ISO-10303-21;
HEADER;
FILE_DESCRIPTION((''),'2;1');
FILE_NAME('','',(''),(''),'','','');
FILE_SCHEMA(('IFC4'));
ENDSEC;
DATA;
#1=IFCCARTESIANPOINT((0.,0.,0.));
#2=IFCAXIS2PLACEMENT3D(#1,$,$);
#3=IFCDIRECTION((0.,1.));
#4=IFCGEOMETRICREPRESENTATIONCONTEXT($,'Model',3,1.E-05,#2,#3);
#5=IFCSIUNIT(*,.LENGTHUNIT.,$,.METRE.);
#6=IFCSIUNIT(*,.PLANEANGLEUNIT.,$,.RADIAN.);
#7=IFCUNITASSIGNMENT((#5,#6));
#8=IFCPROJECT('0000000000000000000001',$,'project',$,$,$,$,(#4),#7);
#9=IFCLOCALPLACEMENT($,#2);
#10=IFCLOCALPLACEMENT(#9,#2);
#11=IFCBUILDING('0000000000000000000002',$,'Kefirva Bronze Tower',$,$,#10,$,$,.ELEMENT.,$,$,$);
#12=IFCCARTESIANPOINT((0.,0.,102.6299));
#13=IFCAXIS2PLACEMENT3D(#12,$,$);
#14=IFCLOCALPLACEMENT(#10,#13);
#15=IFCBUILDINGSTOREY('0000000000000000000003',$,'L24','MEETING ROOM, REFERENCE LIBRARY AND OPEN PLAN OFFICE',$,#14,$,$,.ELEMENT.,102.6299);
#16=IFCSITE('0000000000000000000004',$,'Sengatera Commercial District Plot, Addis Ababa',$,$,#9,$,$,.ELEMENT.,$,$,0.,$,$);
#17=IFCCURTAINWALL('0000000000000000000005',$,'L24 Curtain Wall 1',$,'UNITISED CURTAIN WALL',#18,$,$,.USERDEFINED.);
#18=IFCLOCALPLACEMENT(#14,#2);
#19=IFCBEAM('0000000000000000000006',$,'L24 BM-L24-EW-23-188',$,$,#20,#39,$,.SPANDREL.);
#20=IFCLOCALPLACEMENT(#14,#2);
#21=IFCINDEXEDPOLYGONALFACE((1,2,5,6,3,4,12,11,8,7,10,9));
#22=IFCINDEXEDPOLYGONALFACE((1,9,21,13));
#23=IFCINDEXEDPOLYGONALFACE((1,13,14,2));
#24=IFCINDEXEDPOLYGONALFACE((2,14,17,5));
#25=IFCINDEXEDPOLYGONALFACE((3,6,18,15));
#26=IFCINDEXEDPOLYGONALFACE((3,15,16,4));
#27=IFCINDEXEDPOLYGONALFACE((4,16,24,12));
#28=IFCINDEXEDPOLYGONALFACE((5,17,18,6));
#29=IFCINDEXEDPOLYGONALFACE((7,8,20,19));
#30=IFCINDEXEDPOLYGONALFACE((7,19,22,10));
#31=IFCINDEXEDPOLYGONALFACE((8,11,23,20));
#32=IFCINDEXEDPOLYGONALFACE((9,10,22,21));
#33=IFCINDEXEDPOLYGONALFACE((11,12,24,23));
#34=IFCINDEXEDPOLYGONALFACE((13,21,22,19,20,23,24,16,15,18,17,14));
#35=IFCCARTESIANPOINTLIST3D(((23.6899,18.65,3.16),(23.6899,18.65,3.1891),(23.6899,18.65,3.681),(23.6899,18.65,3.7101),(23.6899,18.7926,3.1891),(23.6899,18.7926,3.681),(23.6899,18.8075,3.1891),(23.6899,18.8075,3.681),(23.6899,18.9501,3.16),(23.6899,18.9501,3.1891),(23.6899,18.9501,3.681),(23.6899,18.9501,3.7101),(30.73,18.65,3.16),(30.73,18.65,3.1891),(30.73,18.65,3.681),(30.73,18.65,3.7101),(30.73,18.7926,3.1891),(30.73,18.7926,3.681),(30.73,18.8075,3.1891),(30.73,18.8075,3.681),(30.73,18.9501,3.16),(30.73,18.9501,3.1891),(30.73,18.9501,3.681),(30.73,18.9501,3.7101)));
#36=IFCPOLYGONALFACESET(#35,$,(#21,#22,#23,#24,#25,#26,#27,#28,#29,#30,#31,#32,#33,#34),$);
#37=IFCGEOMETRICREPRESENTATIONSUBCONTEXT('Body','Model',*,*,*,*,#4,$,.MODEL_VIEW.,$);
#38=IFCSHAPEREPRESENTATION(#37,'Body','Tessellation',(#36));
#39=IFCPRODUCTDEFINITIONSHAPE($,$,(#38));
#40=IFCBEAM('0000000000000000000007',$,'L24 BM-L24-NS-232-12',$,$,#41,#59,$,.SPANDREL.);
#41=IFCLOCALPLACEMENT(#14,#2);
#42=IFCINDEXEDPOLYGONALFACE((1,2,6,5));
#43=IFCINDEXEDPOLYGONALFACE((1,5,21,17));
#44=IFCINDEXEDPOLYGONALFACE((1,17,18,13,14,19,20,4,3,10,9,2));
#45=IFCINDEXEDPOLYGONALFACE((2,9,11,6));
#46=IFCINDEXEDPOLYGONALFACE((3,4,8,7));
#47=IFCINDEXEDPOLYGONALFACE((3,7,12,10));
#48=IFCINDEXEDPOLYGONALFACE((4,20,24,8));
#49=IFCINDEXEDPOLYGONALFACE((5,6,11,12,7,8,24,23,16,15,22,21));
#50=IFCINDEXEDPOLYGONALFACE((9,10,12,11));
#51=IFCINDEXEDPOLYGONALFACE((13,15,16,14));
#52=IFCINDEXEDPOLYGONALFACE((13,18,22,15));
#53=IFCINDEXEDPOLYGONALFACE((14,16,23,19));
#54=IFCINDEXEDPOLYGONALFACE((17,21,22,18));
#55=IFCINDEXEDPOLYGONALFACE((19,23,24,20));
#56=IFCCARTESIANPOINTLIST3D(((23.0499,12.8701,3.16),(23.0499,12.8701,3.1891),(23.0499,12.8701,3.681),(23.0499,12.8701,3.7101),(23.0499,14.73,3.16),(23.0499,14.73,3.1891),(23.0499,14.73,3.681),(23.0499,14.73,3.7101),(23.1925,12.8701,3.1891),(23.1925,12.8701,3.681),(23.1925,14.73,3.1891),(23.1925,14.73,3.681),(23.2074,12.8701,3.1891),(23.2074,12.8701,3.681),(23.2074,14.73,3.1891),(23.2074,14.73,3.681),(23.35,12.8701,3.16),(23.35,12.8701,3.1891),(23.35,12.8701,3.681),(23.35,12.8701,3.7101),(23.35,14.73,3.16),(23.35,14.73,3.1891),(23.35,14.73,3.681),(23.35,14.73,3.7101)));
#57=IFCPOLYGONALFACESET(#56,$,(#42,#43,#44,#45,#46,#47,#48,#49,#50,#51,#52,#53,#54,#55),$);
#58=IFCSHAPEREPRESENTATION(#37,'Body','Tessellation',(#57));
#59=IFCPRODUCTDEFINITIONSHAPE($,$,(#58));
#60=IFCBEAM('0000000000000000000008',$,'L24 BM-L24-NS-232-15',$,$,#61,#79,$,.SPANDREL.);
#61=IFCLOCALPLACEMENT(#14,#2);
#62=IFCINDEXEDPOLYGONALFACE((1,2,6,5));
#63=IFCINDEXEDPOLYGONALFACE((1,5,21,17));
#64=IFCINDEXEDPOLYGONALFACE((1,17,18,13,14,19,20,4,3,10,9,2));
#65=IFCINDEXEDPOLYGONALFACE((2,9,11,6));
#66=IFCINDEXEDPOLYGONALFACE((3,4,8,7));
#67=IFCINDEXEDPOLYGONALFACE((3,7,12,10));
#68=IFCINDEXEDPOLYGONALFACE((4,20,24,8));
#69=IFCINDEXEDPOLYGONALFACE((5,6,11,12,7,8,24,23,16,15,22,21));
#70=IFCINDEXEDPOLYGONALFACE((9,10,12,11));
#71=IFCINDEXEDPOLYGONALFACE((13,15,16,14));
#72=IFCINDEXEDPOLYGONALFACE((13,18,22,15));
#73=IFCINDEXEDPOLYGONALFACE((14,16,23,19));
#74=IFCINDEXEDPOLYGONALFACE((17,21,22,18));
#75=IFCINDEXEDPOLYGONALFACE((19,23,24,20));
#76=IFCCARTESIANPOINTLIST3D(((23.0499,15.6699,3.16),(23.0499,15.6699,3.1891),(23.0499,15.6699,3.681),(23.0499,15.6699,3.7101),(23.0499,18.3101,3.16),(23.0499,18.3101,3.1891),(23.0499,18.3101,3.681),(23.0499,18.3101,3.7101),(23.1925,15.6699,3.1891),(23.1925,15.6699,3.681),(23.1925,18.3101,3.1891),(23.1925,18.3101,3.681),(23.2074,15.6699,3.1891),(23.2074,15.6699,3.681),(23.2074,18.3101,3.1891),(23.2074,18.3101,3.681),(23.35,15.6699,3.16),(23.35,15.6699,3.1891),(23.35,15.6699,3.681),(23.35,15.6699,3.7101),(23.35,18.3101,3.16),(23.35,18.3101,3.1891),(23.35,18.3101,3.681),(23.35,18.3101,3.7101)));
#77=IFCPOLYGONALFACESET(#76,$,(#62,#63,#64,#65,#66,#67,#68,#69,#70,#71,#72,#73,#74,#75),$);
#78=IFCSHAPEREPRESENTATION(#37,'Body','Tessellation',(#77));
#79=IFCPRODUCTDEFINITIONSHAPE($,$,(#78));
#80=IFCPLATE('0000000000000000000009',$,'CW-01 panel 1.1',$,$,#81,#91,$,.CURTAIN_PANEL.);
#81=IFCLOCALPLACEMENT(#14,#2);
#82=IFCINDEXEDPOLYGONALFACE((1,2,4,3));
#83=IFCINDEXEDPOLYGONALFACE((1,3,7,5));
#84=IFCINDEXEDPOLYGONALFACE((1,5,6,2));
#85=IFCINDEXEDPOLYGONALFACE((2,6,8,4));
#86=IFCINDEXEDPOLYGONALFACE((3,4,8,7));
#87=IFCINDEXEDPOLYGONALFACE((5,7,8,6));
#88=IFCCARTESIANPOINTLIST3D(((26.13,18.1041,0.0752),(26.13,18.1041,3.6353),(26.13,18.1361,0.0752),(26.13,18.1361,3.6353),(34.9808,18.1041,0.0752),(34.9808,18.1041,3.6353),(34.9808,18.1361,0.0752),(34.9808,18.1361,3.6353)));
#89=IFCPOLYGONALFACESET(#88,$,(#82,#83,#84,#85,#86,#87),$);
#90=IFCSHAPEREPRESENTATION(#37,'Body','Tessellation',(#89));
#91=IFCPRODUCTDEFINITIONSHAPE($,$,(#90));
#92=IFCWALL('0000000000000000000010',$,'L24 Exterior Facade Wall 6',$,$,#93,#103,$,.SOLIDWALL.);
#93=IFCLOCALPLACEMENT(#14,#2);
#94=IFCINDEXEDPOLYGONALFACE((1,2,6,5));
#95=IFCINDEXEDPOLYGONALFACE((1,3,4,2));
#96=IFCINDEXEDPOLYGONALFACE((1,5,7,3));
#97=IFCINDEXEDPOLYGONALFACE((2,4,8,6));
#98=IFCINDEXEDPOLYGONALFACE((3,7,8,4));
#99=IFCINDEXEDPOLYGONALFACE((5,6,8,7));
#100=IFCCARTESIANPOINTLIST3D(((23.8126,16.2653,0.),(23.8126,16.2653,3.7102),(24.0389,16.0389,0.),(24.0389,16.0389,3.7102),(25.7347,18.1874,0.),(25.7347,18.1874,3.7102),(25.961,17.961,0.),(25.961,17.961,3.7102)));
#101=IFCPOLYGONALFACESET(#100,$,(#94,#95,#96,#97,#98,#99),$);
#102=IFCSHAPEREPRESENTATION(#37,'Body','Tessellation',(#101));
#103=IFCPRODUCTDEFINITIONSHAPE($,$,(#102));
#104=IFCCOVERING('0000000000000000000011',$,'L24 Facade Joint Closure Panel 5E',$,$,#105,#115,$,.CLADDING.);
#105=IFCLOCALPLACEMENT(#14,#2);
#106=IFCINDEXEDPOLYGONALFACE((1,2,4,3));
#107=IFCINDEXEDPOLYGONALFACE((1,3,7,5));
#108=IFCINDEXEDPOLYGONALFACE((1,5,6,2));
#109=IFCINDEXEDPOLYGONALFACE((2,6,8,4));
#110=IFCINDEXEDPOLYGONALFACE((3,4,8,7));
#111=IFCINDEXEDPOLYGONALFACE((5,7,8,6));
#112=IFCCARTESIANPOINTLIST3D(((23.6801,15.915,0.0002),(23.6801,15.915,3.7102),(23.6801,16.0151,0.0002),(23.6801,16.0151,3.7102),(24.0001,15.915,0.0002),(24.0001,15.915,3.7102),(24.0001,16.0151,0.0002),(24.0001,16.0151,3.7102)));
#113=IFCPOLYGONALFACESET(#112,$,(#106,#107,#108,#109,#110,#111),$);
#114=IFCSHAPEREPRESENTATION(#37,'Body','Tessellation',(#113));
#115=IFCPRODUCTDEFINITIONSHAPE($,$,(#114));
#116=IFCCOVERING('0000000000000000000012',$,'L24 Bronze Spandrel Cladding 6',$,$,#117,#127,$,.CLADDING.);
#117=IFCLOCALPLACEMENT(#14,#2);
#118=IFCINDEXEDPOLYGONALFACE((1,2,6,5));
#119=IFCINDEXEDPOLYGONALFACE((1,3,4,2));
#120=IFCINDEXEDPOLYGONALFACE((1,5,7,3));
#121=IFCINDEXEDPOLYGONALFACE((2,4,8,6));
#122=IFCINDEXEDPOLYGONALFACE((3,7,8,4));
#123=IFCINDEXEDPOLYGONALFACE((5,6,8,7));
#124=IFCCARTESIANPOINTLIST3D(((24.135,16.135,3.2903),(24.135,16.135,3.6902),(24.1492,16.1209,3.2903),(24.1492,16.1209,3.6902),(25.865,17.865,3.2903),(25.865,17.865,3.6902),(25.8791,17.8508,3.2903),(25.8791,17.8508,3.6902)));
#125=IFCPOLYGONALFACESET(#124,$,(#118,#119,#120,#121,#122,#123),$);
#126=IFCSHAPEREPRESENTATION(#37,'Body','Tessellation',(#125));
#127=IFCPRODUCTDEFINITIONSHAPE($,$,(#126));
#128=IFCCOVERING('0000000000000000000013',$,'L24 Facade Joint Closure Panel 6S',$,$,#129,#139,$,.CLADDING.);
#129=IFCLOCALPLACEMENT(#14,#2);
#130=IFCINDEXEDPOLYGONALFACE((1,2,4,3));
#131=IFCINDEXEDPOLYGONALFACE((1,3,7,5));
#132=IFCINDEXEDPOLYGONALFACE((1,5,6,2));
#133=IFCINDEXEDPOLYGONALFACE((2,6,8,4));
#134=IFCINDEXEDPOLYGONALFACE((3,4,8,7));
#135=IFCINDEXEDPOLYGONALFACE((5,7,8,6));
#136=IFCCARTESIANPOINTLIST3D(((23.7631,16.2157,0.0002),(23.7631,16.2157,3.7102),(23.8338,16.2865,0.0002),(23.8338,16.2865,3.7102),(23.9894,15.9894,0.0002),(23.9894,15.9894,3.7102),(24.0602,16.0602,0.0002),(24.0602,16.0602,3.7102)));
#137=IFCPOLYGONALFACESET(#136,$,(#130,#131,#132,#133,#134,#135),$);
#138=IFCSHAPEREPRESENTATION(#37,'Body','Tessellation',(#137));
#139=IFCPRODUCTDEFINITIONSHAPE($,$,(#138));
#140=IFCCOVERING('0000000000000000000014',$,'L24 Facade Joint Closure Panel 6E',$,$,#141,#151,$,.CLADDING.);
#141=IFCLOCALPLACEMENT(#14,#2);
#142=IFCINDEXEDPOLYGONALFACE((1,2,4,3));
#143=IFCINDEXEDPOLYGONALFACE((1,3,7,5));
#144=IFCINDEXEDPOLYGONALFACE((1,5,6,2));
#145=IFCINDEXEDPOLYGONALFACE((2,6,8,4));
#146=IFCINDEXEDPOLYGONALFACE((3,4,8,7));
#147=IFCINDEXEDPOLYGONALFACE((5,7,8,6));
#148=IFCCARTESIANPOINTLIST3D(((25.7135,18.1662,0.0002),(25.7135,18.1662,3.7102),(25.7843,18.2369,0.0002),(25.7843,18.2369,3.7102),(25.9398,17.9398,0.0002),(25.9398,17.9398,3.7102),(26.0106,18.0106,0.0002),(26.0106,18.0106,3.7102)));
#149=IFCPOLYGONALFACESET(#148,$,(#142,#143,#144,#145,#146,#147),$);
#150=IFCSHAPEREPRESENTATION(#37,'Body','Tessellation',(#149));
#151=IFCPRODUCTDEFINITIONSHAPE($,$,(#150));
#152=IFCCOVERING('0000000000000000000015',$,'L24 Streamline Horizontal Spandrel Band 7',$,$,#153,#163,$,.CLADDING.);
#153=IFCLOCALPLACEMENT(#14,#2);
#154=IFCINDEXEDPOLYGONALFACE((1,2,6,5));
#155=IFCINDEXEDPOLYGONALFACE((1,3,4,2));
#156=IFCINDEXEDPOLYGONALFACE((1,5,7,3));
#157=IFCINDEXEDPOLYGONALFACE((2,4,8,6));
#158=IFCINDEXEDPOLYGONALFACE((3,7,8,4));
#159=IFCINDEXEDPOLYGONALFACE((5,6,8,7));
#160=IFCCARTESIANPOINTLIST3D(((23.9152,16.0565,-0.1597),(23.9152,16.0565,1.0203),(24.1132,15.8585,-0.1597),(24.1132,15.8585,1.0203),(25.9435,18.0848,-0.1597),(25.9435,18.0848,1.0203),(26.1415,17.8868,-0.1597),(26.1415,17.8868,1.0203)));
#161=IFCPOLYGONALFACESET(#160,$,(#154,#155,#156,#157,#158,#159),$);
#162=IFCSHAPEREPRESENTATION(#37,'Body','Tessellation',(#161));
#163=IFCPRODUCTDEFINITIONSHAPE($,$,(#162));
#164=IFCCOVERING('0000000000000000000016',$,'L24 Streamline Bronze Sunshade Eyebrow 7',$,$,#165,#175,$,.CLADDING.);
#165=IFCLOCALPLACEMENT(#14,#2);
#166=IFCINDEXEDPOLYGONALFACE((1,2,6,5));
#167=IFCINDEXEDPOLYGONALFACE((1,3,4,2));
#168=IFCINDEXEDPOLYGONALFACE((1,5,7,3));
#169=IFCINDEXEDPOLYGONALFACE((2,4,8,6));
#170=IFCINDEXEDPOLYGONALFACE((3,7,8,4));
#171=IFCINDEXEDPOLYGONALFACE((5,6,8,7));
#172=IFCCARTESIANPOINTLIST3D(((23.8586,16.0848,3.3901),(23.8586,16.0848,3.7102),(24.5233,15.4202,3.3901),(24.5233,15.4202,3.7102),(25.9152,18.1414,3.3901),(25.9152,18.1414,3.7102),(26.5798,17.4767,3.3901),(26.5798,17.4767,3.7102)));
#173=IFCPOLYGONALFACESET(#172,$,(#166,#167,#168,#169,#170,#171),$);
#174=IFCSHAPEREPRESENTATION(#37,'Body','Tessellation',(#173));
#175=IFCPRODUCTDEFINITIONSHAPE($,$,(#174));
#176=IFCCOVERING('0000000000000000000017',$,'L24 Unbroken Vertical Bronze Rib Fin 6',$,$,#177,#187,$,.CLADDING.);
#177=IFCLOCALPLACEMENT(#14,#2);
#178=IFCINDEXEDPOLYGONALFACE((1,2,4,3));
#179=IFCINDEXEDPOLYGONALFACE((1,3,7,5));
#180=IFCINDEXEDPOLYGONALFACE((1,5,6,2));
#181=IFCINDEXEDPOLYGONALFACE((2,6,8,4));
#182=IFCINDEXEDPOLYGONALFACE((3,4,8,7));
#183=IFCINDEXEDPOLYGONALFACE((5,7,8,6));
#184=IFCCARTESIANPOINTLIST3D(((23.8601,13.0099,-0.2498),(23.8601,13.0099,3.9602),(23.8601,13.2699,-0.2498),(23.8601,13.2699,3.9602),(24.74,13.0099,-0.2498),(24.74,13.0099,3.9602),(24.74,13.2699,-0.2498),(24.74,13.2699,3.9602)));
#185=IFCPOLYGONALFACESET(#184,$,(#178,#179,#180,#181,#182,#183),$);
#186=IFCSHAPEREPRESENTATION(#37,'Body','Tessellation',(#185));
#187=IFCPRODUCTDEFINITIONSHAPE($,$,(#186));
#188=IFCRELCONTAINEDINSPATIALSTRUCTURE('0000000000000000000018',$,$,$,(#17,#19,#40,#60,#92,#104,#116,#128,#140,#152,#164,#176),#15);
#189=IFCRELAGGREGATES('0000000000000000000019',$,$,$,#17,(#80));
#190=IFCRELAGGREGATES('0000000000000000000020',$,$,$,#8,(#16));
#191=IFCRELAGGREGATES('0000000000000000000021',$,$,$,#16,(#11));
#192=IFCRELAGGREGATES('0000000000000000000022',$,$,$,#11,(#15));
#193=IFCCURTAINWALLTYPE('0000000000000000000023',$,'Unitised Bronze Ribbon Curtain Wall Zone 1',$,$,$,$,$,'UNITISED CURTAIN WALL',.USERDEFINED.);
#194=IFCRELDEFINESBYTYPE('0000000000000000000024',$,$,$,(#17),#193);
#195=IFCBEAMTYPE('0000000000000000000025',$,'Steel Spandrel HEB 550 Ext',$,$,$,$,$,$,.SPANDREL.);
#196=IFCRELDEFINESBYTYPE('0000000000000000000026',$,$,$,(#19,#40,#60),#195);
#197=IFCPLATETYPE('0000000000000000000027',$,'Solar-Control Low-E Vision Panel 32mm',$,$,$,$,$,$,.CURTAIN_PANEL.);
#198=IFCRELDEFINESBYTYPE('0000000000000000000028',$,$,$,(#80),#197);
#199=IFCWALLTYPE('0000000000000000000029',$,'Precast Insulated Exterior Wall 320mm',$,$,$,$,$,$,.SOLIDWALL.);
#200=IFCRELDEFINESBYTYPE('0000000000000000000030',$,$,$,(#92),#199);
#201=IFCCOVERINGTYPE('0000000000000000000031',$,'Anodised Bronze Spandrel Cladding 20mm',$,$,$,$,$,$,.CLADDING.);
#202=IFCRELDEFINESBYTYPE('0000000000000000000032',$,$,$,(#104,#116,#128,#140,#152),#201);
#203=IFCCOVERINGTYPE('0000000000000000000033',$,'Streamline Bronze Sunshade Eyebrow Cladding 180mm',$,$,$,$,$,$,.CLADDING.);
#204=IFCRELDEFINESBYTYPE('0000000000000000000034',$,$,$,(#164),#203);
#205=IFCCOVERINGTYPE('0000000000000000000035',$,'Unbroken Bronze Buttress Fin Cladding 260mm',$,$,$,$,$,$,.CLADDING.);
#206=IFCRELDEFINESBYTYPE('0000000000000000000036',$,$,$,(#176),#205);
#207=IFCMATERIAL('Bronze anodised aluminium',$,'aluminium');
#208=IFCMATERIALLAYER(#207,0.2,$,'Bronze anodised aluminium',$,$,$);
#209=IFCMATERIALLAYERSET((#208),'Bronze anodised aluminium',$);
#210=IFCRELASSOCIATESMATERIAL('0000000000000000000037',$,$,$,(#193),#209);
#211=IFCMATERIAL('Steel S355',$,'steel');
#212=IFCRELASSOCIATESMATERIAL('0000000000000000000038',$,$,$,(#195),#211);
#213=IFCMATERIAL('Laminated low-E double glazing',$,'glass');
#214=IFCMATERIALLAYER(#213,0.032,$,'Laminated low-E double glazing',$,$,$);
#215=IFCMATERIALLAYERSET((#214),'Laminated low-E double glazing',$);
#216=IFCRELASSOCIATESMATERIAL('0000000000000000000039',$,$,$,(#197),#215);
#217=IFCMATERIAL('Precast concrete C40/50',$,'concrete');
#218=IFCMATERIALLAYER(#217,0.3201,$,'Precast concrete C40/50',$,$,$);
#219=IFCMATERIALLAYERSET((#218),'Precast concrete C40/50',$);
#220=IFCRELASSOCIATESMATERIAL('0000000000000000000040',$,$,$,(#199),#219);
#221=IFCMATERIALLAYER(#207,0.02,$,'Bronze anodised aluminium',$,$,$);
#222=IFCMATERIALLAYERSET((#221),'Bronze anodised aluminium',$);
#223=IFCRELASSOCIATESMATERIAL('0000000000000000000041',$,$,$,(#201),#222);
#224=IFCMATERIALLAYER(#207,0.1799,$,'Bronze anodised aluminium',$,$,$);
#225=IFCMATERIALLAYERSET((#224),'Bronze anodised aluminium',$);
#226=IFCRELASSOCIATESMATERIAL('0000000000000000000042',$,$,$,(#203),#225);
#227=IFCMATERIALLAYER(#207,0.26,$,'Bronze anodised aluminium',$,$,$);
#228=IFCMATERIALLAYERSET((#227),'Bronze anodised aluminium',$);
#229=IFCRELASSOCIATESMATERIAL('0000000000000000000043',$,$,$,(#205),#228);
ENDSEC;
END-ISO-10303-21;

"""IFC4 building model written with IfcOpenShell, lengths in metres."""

from ifc_helpers import new_model, si_unit, direction, frame, frame_2d, origin, origin_2d, place, context, subcontext, project, spatial, rectangle, i_section, extrude, material, layer, layer_set, material_profile, profile_set, type_object, element, aggregate, save


model = new_model("IFC4")

# Units and contexts
model_context = context("Model", 3, precision=1e-05, world=origin(), true_north=direction((0.0, 1.0)))
body_context = subcontext(model_context, "Body", "Model", "MODEL_VIEW")
ifc_project = project(units=[si_unit("LENGTHUNIT", "METRE"), si_unit("PLANEANGLEUNIT", "RADIAN")], contexts=[model_context])

# Site, building, storey
site_placement = place(None, origin())
site = spatial("IfcSite", under=ifc_project, at=site_placement, Name="Sengatera Commercial District Plot, Addis Ababa", CompositionType="ELEMENT", RefElevation=0.0)
building_placement = place(site_placement, origin())
building = spatial("IfcBuilding", under=site, at=building_placement, Name="Kefirva Bronze Tower", CompositionType="ELEMENT")
storey_placement = place(building_placement, frame((0.0, 0.0, 102.6299)))
storey = spatial("IfcBuildingStorey", under=building, at=storey_placement, Name="L24", Description="MEETING ROOM, REFERENCE LIBRARY AND OPEN PLAN OFFICE", CompositionType="ELEMENT", Elevation=102.6299)

# Curtain wall
ifc_material_1 = material(Name="Bronze anodised aluminium", Category="aluminium")
ifc_layer_1 = layer(ifc_material_1, 0.2, Name="Bronze anodised aluminium")
ifc_layer_set_1 = layer_set([ifc_layer_1], Name="Bronze anodised aluminium")
curtain_wall_type = type_object("IfcCurtainWallType", Name="Unitised Bronze Ribbon Curtain Wall Zone 1", ElementType="UNITISED CURTAIN WALL", PredefinedType="USERDEFINED", material=ifc_layer_set_1)
curtain_wall_placement = place(storey_placement, origin())
curtain_wall = element("IfcCurtainWall", 1, at=curtain_wall_placement, inside=storey, type_object=curtain_wall_type, Name="L24 Curtain Wall 1", ObjectType="UNITISED CURTAIN WALL", PredefinedType="USERDEFINED")

# Beams
ifc_material_2 = material(Name="Steel S355", Category="steel")
ifc_material_profile_1 = material_profile(ifc_material_2, i_section(OverallWidth=0.3, OverallDepth=0.55, WebThickness=0.0149, FlangeThickness=0.0291, at=origin_2d()), Name="HEB 550")
ifc_profile_set_1 = profile_set([ifc_material_profile_1], Name="Steel S355")
beam_type_1 = type_object("IfcBeamType", Name="Steel Spandrel HEB 550 Ext", PredefinedType="SPANDREL", material=ifc_profile_set_1)
beam_1_placement = place(storey_placement, frame((23.6899, 18.8, 3.4351), z_axis=(1.0, 0.0, 0.0), x_axis=(0.0, 1.0, 0.0)))
element("IfcBeam", 2, at=beam_1_placement, inside=storey, type_object=beam_type_1, Name="L24 BM-L24-EW-23-188", PredefinedType="SPANDREL", context=body_context, shape_type="SweptSolid", body=[
    extrude(i_section(OverallWidth=0.3, OverallDepth=0.55, WebThickness=0.0149, FlangeThickness=0.0291, at=origin_2d()), origin(), (0.0, 0.0, 1.0), 7.04),
])
beam_2_placement = place(storey_placement, frame((23.2, 12.8701, 3.4351), z_axis=(0.0, 1.0, 0.0), x_axis=(-1.0, 0.0, 0.0)))
element("IfcBeam", 3, at=beam_2_placement, inside=storey, type_object=beam_type_1, Name="L24 BM-L24-NS-232-12", PredefinedType="SPANDREL", context=body_context, shape_type="SweptSolid", body=[
    extrude(i_section(OverallWidth=0.3, OverallDepth=0.55, WebThickness=0.0149, FlangeThickness=0.0291, at=origin_2d()), origin(), (0.0, 0.0, 1.0), 1.8599),
])
beam_3_placement = place(storey_placement, frame((23.2, 15.6699, 3.4351), z_axis=(0.0, 1.0, 0.0), x_axis=(-1.0, 0.0, 0.0)))
element("IfcBeam", 4, at=beam_3_placement, inside=storey, type_object=beam_type_1, Name="L24 BM-L24-NS-232-15", PredefinedType="SPANDREL", context=body_context, shape_type="SweptSolid", body=[
    extrude(i_section(OverallWidth=0.3, OverallDepth=0.55, WebThickness=0.0149, FlangeThickness=0.0291, at=origin_2d()), origin(), (0.0, 0.0, 1.0), 2.6401),
])

# Plate
ifc_material_3 = material(Name="Laminated low-E double glazing", Category="glass")
ifc_layer_2 = layer(ifc_material_3, 0.032, Name="Laminated low-E double glazing")
ifc_layer_set_2 = layer_set([ifc_layer_2], Name="Laminated low-E double glazing")
plate_type = type_object("IfcPlateType", Name="Solar-Control Low-E Vision Panel 32mm", PredefinedType="CURTAIN_PANEL", material=ifc_layer_set_2)
plate_placement = place(storey_placement, frame((30.5554, 18.1201, 0.0752), z_axis=(0.0, 0.0, 1.0), x_axis=(1.0, 0.0, 0.0)))
plate = element("IfcPlate", 5, at=plate_placement, type_object=plate_type, Name="CW-01 panel 1.1", PredefinedType="CURTAIN_PANEL", context=body_context, shape_type="SweptSolid", body=[
    extrude(rectangle(XDim=8.8508, YDim=0.032, at=origin_2d()), origin(), (0.0, 0.0, 1.0), 3.5601),
])
aggregate(curtain_wall, [plate])

# Wall
ifc_material_4 = material(Name="Precast concrete C40/50", Category="concrete")
ifc_layer_3 = layer(ifc_material_4, 0.3201, Name="Precast concrete C40/50")
ifc_layer_set_3 = layer_set([ifc_layer_3], Name="Precast concrete C40/50")
wall_type = type_object("IfcWallType", Name="Precast Insulated Exterior Wall 320mm", PredefinedType="SOLIDWALL", material=ifc_layer_set_3)
wall_placement = place(storey_placement, frame((23.9258, 16.1521, 0.0), z_axis=(0.0, 0.0, 1.0), x_axis=(0.707107, 0.707107, 0.0)))
element("IfcWall", 6, at=wall_placement, inside=storey, type_object=wall_type, Name="L24 Exterior Facade Wall 6", PredefinedType="SOLIDWALL", context=body_context, shape_type="SweptSolid", body=[
    extrude(rectangle(XDim=2.7183, YDim=0.3201, at=frame_2d((1.3591, 0.0))), origin(), (0.0, 0.0, 1.0), 3.7102),
])

# Coverings
ifc_layer_4 = layer(ifc_material_1, 0.02, Name="Bronze anodised aluminium")
ifc_layer_set_4 = layer_set([ifc_layer_4], Name="Bronze anodised aluminium")
covering_type_1 = type_object("IfcCoveringType", Name="Anodised Bronze Spandrel Cladding 20mm", PredefinedType="CLADDING", material=ifc_layer_set_4)
covering_1_placement = place(storey_placement, frame((23.8401, 15.9651, 0.0002), z_axis=(0.0, 0.0, 1.0), x_axis=(0.0, 1.0, 0.0)))
element("IfcCovering", 7, at=covering_1_placement, inside=storey, type_object=covering_type_1, Name="L24 Facade Joint Closure Panel 5E", PredefinedType="CLADDING", context=body_context, shape_type="SweptSolid", body=[
    extrude(rectangle(XDim=0.1001, YDim=0.3201, at=origin_2d()), origin(), (0.0, 0.0, 1.0), 3.71),
])
covering_2_placement = place(storey_placement, frame((25.0071, 16.9929, 3.2903), z_axis=(0.0, 0.0, 1.0), x_axis=(0.707107, 0.707107, 0.0)))
element("IfcCovering", 8, at=covering_2_placement, inside=storey, type_object=covering_type_1, Name="L24 Bronze Spandrel Cladding 6", PredefinedType="CLADDING", context=body_context, shape_type="SweptSolid", body=[
    extrude(rectangle(XDim=2.4465, YDim=0.02, at=origin_2d()), origin(), (0.0, 0.0, 1.0), 0.3999),
])
for number, where, z_axis, x_axis, name in (
    (9, (23.9116, 16.1379, 0.0002), (0.0, 0.0, 1.0), (0.707107, 0.707107, 0.0), "L24 Facade Joint Closure Panel 6S"),
    (10, (25.8621, 18.0884, 0.0002), (0.0, 0.0, 1.0), (0.707107, 0.707107, 0.0), "L24 Facade Joint Closure Panel 6E"),
):
    element("IfcCovering", number, at=place(storey_placement, frame(where, z_axis=z_axis, x_axis=x_axis)), inside=storey, type_object=covering_type_1, Name=name, PredefinedType="CLADDING", context=body_context, shape_type="SweptSolid", body=[
        extrude(rectangle(XDim=0.1001, YDim=0.3201, at=origin_2d()), origin(), (0.0, 0.0, 1.0), 3.71),
    ])
covering_3_placement = place(storey_placement, frame((25.0283, 16.9717, -0.1597), z_axis=(0.0, 0.0, 1.0), x_axis=(0.707107, 0.707107, 0.0)))
element("IfcCovering", 11, at=covering_3_placement, inside=storey, type_object=covering_type_1, Name="L24 Streamline Horizontal Spandrel Band 7", PredefinedType="CLADDING", context=body_context, shape_type="SweptSolid", body=[
    extrude(rectangle(XDim=2.8684, YDim=0.28, at=origin_2d()), origin(), (0.0, 0.0, 1.0), 1.1799),
])
ifc_layer_5 = layer(ifc_material_1, 0.1799, Name="Bronze anodised aluminium")
ifc_layer_set_5 = layer_set([ifc_layer_5], Name="Bronze anodised aluminium")
covering_type_2 = type_object("IfcCoveringType", Name="Streamline Bronze Sunshade Eyebrow Cladding 180mm", PredefinedType="CLADDING", material=ifc_layer_set_5)
covering_4_placement = place(storey_placement, frame((25.2192, 16.7808, 3.3901), z_axis=(0.0, 0.0, 1.0), x_axis=(0.707107, 0.707107, 0.0)))
element("IfcCovering", 12, at=covering_4_placement, inside=storey, type_object=covering_type_2, Name="L24 Streamline Bronze Sunshade Eyebrow 7", PredefinedType="CLADDING", context=body_context, shape_type="SweptSolid", body=[
    extrude(rectangle(XDim=2.9084, YDim=0.9399, at=origin_2d()), origin(), (0.0, 0.0, 1.0), 0.3201),
])
ifc_layer_6 = layer(ifc_material_1, 0.26, Name="Bronze anodised aluminium")
ifc_layer_set_6 = layer_set([ifc_layer_6], Name="Bronze anodised aluminium")
covering_type_3 = type_object("IfcCoveringType", Name="Unbroken Bronze Buttress Fin Cladding 260mm", PredefinedType="CLADDING", material=ifc_layer_set_6)
covering_5_placement = place(storey_placement, frame((24.3, 13.1399, -0.2498), z_axis=(0.0, 0.0, 1.0), x_axis=(0.0, 1.0, 0.0)))
element("IfcCovering", 13, at=covering_5_placement, inside=storey, type_object=covering_type_3, Name="L24 Unbroken Vertical Bronze Rib Fin 6", PredefinedType="CLADDING", context=body_context, shape_type="SweptSolid", body=[
    extrude(rectangle(XDim=0.26, YDim=0.8799, at=origin_2d()), origin(), (0.0, 0.0, 1.0), 4.21),
])

save(model, "model.ifc")
